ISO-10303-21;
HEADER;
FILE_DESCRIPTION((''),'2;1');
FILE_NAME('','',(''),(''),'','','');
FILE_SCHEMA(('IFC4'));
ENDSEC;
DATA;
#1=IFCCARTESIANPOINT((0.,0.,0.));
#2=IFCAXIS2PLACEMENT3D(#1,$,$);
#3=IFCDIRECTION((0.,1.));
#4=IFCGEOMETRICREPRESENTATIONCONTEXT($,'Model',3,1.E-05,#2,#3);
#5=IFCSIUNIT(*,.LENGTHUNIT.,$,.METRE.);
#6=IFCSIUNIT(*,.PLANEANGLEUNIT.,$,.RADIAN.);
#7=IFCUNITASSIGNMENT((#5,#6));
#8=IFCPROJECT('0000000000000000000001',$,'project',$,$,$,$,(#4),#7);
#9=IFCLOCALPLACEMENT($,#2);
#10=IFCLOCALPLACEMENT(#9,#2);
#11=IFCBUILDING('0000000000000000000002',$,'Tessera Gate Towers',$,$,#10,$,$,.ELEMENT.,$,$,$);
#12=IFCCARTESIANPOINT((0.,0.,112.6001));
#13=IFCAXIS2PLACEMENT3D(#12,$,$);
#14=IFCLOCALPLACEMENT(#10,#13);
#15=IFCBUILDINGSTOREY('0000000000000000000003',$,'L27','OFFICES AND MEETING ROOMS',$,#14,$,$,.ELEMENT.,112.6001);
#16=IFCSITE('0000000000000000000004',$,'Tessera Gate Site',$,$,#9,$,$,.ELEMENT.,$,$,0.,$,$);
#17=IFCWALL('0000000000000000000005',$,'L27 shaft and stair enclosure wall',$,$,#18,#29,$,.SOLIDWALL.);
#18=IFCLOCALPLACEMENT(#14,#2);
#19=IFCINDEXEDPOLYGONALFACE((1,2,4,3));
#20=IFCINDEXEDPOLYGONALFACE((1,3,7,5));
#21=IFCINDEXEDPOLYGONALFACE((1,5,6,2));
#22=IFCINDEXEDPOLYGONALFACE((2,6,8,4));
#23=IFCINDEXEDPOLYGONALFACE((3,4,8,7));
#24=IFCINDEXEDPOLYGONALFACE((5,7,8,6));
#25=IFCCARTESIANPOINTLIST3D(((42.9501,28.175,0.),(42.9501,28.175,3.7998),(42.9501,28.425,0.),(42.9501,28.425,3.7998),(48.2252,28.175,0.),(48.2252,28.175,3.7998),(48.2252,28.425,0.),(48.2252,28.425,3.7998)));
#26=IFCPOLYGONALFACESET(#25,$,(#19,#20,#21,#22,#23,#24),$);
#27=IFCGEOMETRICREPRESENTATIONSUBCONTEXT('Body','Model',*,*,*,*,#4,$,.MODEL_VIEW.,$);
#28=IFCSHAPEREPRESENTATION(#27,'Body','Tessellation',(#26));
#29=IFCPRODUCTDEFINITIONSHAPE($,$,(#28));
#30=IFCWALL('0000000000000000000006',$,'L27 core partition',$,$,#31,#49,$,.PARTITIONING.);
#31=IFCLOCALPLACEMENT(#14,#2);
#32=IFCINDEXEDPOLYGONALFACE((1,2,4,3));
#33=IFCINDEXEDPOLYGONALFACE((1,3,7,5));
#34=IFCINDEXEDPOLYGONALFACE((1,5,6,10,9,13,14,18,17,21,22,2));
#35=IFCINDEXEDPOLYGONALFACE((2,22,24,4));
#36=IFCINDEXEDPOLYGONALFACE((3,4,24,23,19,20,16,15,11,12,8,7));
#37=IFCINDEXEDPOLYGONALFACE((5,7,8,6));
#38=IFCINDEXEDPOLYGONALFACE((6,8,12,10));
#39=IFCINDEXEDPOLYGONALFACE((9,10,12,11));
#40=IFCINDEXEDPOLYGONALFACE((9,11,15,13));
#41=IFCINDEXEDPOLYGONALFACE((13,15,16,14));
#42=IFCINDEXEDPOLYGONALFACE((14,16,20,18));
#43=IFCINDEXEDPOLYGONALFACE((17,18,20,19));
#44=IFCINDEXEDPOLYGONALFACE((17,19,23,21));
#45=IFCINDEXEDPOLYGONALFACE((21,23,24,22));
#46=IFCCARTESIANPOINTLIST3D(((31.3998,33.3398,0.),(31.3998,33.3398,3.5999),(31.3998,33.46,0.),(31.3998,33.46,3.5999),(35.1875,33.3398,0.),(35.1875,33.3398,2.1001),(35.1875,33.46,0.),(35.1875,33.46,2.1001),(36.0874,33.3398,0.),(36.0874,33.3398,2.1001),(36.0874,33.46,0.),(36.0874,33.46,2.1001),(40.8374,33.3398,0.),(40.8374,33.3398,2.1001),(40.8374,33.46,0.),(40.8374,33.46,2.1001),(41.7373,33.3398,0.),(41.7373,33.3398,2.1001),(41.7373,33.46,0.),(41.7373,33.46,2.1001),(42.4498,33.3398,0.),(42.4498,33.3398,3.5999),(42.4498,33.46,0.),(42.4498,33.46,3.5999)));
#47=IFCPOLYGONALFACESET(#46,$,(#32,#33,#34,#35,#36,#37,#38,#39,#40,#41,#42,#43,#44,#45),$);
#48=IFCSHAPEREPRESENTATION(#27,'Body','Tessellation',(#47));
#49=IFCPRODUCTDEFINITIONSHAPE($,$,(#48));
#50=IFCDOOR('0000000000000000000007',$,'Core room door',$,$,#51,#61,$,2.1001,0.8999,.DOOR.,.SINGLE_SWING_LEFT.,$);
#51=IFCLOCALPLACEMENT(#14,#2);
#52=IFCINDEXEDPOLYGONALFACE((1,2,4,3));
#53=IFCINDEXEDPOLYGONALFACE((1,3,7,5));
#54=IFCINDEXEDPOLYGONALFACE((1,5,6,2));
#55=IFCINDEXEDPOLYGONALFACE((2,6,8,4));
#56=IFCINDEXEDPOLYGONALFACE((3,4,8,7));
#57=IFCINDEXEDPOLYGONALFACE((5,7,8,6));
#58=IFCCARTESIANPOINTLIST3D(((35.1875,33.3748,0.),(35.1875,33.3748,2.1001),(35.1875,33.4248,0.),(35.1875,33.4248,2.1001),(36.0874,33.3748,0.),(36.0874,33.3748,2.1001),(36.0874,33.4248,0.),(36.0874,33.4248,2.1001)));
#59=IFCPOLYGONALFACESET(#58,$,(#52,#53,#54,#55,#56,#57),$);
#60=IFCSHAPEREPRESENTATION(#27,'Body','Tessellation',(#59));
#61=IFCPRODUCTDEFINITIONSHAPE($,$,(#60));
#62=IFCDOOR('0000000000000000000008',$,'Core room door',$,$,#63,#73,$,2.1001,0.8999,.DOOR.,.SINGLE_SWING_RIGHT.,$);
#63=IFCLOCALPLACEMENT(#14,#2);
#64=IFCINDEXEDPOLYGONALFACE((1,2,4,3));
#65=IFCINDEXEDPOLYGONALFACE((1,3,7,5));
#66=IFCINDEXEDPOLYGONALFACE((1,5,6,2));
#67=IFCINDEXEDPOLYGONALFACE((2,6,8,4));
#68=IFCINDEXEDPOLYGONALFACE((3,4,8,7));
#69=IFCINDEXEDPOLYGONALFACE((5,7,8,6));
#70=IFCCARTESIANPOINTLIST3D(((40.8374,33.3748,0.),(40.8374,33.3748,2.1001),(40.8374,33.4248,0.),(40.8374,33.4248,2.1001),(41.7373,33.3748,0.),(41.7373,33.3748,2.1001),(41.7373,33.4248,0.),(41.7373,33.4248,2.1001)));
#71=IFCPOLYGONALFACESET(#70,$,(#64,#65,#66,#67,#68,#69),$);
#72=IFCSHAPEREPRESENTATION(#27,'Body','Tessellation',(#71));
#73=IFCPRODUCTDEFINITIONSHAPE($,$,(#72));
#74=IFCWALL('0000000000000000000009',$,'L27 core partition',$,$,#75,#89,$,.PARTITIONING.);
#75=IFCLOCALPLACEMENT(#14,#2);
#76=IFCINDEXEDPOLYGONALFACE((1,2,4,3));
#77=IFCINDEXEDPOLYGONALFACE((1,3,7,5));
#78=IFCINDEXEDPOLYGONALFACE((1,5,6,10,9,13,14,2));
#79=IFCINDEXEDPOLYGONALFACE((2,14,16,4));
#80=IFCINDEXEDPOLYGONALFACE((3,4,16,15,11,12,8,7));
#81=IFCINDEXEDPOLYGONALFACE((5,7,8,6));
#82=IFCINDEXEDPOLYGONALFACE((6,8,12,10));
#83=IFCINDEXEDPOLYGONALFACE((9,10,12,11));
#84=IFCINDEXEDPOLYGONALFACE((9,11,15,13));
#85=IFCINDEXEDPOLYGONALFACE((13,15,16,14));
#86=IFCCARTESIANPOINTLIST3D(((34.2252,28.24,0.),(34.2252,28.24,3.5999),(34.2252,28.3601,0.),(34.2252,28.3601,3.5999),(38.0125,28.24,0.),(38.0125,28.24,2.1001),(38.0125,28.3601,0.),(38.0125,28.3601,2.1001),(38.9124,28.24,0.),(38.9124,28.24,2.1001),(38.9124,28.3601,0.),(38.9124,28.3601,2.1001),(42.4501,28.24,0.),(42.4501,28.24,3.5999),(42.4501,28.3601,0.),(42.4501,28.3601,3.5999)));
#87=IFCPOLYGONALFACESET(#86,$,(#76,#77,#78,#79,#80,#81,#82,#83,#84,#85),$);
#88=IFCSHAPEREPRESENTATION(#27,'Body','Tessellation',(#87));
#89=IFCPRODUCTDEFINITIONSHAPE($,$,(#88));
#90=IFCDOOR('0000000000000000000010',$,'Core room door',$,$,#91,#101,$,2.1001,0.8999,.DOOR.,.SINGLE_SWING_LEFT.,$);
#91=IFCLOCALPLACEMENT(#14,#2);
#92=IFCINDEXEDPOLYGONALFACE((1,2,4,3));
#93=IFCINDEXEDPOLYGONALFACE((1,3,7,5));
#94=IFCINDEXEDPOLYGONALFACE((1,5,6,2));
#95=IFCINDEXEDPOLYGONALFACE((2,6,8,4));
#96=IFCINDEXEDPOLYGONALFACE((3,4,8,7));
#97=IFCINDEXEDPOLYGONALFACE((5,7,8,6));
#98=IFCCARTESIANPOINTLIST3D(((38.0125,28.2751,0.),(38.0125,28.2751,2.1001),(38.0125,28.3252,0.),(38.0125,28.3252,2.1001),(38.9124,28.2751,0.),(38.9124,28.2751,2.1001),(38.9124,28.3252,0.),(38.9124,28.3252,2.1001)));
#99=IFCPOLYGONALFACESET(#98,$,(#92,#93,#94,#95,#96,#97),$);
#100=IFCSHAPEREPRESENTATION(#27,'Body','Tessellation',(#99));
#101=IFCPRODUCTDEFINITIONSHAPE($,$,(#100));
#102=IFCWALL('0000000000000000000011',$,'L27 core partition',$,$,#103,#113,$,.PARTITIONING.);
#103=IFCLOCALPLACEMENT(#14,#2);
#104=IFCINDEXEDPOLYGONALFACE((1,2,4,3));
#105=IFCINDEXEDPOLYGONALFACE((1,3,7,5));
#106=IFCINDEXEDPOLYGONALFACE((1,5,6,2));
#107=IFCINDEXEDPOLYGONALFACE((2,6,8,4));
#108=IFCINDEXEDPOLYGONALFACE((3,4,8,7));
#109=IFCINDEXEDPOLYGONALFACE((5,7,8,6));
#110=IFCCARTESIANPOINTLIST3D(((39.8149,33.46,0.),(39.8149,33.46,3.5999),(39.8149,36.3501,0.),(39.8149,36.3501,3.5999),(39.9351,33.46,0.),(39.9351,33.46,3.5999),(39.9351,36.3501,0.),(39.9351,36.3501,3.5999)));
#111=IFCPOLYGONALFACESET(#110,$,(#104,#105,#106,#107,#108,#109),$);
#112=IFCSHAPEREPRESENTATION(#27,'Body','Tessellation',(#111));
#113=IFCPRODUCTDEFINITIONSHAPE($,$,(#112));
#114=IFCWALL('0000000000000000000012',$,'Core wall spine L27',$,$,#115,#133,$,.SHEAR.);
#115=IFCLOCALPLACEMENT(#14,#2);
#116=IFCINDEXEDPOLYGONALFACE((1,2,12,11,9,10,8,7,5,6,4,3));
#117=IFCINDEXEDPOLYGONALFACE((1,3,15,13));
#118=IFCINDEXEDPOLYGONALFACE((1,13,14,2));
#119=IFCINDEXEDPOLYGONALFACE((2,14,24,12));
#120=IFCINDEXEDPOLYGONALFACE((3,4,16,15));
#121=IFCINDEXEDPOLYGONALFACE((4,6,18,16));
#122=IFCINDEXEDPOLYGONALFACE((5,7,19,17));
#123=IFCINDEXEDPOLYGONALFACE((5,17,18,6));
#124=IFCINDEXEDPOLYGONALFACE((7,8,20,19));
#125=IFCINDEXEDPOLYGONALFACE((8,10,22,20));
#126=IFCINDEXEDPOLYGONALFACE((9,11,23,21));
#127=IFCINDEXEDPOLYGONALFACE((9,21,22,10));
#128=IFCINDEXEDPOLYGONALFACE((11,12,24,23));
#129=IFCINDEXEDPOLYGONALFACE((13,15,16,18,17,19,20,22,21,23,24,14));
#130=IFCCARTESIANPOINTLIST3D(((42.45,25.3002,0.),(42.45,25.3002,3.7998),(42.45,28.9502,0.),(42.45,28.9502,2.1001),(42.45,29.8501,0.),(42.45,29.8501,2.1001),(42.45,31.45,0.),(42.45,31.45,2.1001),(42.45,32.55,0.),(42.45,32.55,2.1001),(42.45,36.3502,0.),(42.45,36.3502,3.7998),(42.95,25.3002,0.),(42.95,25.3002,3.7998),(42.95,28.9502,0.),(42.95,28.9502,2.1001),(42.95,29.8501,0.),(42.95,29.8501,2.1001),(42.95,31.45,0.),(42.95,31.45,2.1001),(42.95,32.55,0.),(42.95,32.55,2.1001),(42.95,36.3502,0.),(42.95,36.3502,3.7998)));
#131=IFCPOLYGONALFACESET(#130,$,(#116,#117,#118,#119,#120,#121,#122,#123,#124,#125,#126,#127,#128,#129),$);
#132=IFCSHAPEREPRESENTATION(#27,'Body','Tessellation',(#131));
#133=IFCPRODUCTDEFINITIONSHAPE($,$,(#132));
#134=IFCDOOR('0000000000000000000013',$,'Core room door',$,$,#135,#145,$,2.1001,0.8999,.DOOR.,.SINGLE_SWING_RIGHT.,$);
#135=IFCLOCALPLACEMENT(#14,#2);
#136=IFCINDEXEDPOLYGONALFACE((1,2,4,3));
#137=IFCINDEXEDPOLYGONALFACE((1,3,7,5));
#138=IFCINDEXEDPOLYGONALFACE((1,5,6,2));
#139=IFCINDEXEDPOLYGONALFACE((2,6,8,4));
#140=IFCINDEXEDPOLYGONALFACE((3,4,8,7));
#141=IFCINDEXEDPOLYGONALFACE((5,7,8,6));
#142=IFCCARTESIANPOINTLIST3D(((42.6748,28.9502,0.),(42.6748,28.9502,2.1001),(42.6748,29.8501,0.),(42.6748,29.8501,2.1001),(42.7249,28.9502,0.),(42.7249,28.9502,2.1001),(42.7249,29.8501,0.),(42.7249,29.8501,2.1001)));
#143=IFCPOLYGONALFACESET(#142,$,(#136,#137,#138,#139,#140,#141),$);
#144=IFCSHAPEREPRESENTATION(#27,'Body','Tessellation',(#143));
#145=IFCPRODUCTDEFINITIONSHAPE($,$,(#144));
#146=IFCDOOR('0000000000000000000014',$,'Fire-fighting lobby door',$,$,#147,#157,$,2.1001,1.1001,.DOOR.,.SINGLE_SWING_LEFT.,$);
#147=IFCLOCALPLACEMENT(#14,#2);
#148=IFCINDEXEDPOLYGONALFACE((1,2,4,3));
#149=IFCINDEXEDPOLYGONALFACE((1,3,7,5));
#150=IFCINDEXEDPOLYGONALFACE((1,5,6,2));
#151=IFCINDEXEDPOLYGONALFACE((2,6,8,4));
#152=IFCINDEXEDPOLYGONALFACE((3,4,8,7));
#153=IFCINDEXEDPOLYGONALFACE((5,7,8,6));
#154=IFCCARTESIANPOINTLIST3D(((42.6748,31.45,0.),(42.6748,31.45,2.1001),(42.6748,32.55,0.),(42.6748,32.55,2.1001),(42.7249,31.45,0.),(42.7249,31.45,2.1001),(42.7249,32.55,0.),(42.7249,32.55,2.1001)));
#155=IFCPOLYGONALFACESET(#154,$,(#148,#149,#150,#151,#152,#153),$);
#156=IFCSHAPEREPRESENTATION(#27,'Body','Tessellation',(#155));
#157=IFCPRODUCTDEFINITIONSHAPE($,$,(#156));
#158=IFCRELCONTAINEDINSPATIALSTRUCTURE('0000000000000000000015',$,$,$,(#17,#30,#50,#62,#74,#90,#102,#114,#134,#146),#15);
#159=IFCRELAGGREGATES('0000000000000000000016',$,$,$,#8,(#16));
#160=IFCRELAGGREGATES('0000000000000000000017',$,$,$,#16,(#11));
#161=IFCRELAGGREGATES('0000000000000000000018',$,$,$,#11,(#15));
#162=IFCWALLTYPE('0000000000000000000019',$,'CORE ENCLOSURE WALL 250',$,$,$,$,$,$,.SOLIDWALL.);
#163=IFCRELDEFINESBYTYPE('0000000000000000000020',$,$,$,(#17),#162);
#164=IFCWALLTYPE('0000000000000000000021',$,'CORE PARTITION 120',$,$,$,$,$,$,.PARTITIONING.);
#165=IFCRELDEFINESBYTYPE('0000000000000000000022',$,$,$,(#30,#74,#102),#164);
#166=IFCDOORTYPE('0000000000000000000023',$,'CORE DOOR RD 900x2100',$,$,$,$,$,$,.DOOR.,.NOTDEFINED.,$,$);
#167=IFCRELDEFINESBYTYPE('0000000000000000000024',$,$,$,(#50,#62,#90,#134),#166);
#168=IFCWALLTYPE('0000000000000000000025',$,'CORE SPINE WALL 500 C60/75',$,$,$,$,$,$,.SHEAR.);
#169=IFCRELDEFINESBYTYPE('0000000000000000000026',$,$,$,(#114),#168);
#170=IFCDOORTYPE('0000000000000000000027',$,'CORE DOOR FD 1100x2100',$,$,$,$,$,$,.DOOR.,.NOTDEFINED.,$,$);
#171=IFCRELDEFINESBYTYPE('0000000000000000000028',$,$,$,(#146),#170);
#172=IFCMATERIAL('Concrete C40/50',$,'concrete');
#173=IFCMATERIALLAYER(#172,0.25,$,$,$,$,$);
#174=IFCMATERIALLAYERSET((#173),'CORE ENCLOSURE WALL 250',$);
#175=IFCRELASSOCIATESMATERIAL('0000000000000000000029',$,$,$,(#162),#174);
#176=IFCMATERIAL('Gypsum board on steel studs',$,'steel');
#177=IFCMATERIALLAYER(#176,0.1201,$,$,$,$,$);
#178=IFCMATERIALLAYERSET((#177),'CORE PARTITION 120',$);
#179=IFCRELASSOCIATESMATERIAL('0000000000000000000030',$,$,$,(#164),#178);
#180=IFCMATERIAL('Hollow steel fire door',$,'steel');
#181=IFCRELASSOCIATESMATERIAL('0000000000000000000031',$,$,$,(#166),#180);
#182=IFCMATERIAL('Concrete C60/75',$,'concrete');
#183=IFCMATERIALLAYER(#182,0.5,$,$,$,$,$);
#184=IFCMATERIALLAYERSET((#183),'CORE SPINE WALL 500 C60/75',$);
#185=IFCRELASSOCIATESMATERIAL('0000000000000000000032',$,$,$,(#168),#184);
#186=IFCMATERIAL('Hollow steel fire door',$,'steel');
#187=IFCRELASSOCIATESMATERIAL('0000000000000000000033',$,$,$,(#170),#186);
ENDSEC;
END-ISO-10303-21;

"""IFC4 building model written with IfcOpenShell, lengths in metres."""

from ifc_helpers import new_model, si_unit, direction, frame, frame_2d, origin, place, context, subcontext, project, spatial, rectangle, extrude, source, transform, mapped, material, layer, layer_set, type_object, element, fill, save


model = new_model("IFC4")

# Units and contexts
model_context = context("Model", 3, precision=1e-05, world=origin(), true_north=direction((0.0, 1.0)))
body_context = subcontext(model_context, "Body", "Model", "MODEL_VIEW")
ifc_project = project(units=[si_unit("LENGTHUNIT", "METRE"), si_unit("PLANEANGLEUNIT", "RADIAN")], contexts=[model_context])

# Site, building, storey
site_placement = place(None, origin())
site = spatial("IfcSite", under=ifc_project, at=site_placement, Name="Tessera Gate Site", CompositionType="ELEMENT", RefElevation=0.0)
building_placement = place(site_placement, origin())
building = spatial("IfcBuilding", under=site, at=building_placement, Name="Tessera Gate Towers", CompositionType="ELEMENT")
storey_placement = place(building_placement, frame((0.0, 0.0, 112.6001)))
storey = spatial("IfcBuildingStorey", under=building, at=storey_placement, Name="L27", Description="OFFICES AND MEETING ROOMS", CompositionType="ELEMENT", Elevation=112.6001)

# Wall
ifc_material_1 = material(Name="Concrete C40/50", Category="concrete")
ifc_layer_1 = layer(ifc_material_1, 0.25)
ifc_layer_set_1 = layer_set([ifc_layer_1], Name="CORE ENCLOSURE WALL 250")
wall_type_1 = type_object("IfcWallType", Name="CORE ENCLOSURE WALL 250", PredefinedType="SOLIDWALL", material=ifc_layer_set_1)
wall_1_placement = place(storey_placement, frame((42.95, 28.3, 0.0), z_axis=(0.0, 0.0, 1.0), x_axis=(1.0, 0.0, 0.0)))
element("IfcWall", 1, at=wall_1_placement, inside=storey, type_object=wall_type_1, Name="L27 shaft and stair enclosure wall", PredefinedType="SOLIDWALL", context=body_context, shape_type="SweptSolid", body=[
    extrude(rectangle(XDim=5.2751, YDim=0.25, at=frame_2d((2.6377, 0.0))), origin(), (0.0, 0.0, 1.0), 3.7998),
])

# Wall, openings, doors
ifc_material_2 = material(Name="Gypsum board on steel studs", Category="steel")
ifc_layer_2 = layer(ifc_material_2, 0.1201)
ifc_layer_set_2 = layer_set([ifc_layer_2], Name="CORE PARTITION 120")
wall_type_2 = type_object("IfcWallType", Name="CORE PARTITION 120", PredefinedType="PARTITIONING", material=ifc_layer_set_2)
wall_2_placement = place(storey_placement, frame((31.3999, 33.3999, 0.0), z_axis=(0.0, 0.0, 1.0), x_axis=(1.0, 0.0, 0.0)))
wall_2 = element("IfcWall", 2, at=wall_2_placement, inside=storey, type_object=wall_type_2, Name="L27 core partition", PredefinedType="PARTITIONING", context=body_context, shape_type="SweptSolid", body=[
    extrude(rectangle(XDim=11.05, YDim=0.1201, at=frame_2d((5.5249, 0.0))), origin(), (0.0, 0.0, 1.0), 3.5999),
])
shared_shape_1 = source(origin(), body_context, "Body", "SweptSolid", [
    extrude(rectangle(XDim=0.8999, YDim=2.1001, at=frame_2d((0.45, 1.05))), frame((0.0, 0.0701, 0.0), z_axis=(0.0, -1.0, 0.0), x_axis=(1.0, 0.0, 0.0)), (0.0, 0.0, 1.0), 0.1401),
])
opening_1_placement = place(wall_2_placement, frame((3.7876, 0.0, 0.0)))
opening_1 = element("IfcOpeningElement", 3, at=opening_1_placement, cuts=wall_2, PredefinedType="OPENING", context=body_context, shape_type="MappedRepresentation", body=[
    mapped(shared_shape_1, transform((0.0, 0.0, 0.0), scale=1.0)),
])
opening_2_placement = place(wall_2_placement, frame((9.4375, 0.0, 0.0)))
opening_2 = element("IfcOpeningElement", 4, at=opening_2_placement, cuts=wall_2, PredefinedType="OPENING", context=body_context, shape_type="MappedRepresentation", body=[
    mapped(shared_shape_1, transform((0.0, 0.0, 0.0), scale=1.0)),
])
ifc_material_3 = material(Name="Hollow steel fire door", Category="steel")
door_type_1 = type_object("IfcDoorType", Name="CORE DOOR RD 900x2100", OperationType="NOTDEFINED", PredefinedType="DOOR", material=ifc_material_3)
shared_shape_2 = source(origin(), body_context, "Body", "SweptSolid", [
    extrude(rectangle(XDim=0.8999, YDim=2.1001, at=frame_2d((0.45, 1.05))), frame((0.0, 0.0249, 0.0), z_axis=(0.0, -1.0, 0.0), x_axis=(1.0, 0.0, 0.0)), (0.0, 0.0, 1.0), 0.05),
])
door_1_placement = place(opening_1_placement, origin())
door_1 = element("IfcDoor", 5, at=door_1_placement, inside=storey, type_object=door_type_1, Name="Core room door", OperationType="SINGLE_SWING_LEFT", OverallHeight=2.1001, OverallWidth=0.8999, PredefinedType="DOOR", context=body_context, shape_type="MappedRepresentation", body=[
    mapped(shared_shape_2, transform((0.0, 0.0, 0.0), scale=1.0)),
])
fill(opening_1, door_1)
door_2_placement = place(opening_2_placement, origin())
door_2 = element("IfcDoor", 6, at=door_2_placement, inside=storey, type_object=door_type_1, Name="Core room door", OperationType="SINGLE_SWING_RIGHT", OverallHeight=2.1001, OverallWidth=0.8999, PredefinedType="DOOR", context=body_context, shape_type="MappedRepresentation", body=[
    mapped(shared_shape_2, transform((0.0, 0.0, 0.0), scale=1.0)),
])
fill(opening_2, door_2)

# Wall, opening, door
wall_3_placement = place(storey_placement, frame((42.45, 28.3, 0.0), z_axis=(0.0, 0.0, 1.0), x_axis=(-1.0, 0.0, 0.0)))
wall_3 = element("IfcWall", 7, at=wall_3_placement, inside=storey, type_object=wall_type_2, Name="L27 core partition", PredefinedType="PARTITIONING", context=body_context, shape_type="SweptSolid", body=[
    extrude(rectangle(XDim=8.2249, YDim=0.1201, at=frame_2d((4.1123, 0.0))), origin(), (0.0, 0.0, 1.0), 3.5999),
])
opening_3_placement = place(wall_3_placement, frame((3.5376, 0.0, 0.0)))
opening_3 = element("IfcOpeningElement", 8, at=opening_3_placement, cuts=wall_3, PredefinedType="OPENING", context=body_context, shape_type="MappedRepresentation", body=[
    mapped(shared_shape_1, transform((0.0, 0.0, 0.0), scale=1.0)),
])
door_3_placement = place(opening_3_placement, origin())
door_3 = element("IfcDoor", 9, at=door_3_placement, inside=storey, type_object=door_type_1, Name="Core room door", OperationType="SINGLE_SWING_LEFT", OverallHeight=2.1001, OverallWidth=0.8999, PredefinedType="DOOR", context=body_context, shape_type="MappedRepresentation", body=[
    mapped(shared_shape_2, transform((0.0, 0.0, 0.0), scale=1.0)),
])
fill(opening_3, door_3)

# Wall
wall_4_placement = place(storey_placement, frame((39.875, 33.46, 0.0), z_axis=(0.0, 0.0, 1.0), x_axis=(0.0, 1.0, 0.0)))
element("IfcWall", 10, at=wall_4_placement, inside=storey, type_object=wall_type_2, Name="L27 core partition", PredefinedType="PARTITIONING", context=body_context, shape_type="SweptSolid", body=[
    extrude(rectangle(XDim=2.8901, YDim=0.1201, at=frame_2d((1.4451, 0.0))), origin(), (0.0, 0.0, 1.0), 3.5999),
])

# Wall, openings, doors
ifc_material_4 = material(Name="Concrete C60/75", Category="concrete")
ifc_layer_3 = layer(ifc_material_4, 0.5)
ifc_layer_set_3 = layer_set([ifc_layer_3], Name="CORE SPINE WALL 500 C60/75")
wall_type_3 = type_object("IfcWallType", Name="CORE SPINE WALL 500 C60/75", PredefinedType="SHEAR", material=ifc_layer_set_3)
wall_5_placement = place(storey_placement, frame((42.7, 36.3501, 0.0), z_axis=(0.0, 0.0, 1.0), x_axis=(0.0, -1.0, 0.0)))
wall_5 = element("IfcWall", 11, at=wall_5_placement, inside=storey, type_object=wall_type_3, Name="Core wall spine L27", PredefinedType="SHEAR", context=body_context, shape_type="SweptSolid", body=[
    extrude(rectangle(XDim=11.05, YDim=0.5, at=frame_2d((5.5249, 0.0))), origin(), (0.0, 0.0, 1.0), 3.7998),
])
shared_shape_3 = source(origin(), body_context, "Body", "SweptSolid", [
    extrude(rectangle(XDim=0.8999, YDim=2.1001, at=frame_2d((0.45, 1.05))), frame((0.0, 0.26, 0.0), z_axis=(0.0, -1.0, 0.0), x_axis=(1.0, 0.0, 0.0)), (0.0, 0.0, 1.0), 0.52),
])
opening_4_placement = place(wall_5_placement, frame((6.5, 0.0, 0.0)))
opening_4 = element("IfcOpeningElement", 12, at=opening_4_placement, cuts=wall_5, PredefinedType="OPENING", context=body_context, shape_type="MappedRepresentation", body=[
    mapped(shared_shape_3, transform((0.0, 0.0, 0.0), scale=1.0)),
])
shared_shape_4 = source(origin(), body_context, "Body", "SweptSolid", [
    extrude(rectangle(XDim=1.1001, YDim=2.1001, at=frame_2d((0.55, 1.05))), frame((0.0, 0.26, 0.0), z_axis=(0.0, -1.0, 0.0), x_axis=(1.0, 0.0, 0.0)), (0.0, 0.0, 1.0), 0.52),
])
opening_5_placement = place(wall_5_placement, frame((3.8, 0.0, 0.0)))
opening_5 = element("IfcOpeningElement", 13, at=opening_5_placement, cuts=wall_5, PredefinedType="OPENING", context=body_context, shape_type="MappedRepresentation", body=[
    mapped(shared_shape_4, transform((0.0, 0.0, 0.0), scale=1.0)),
])
door_4_placement = place(opening_4_placement, origin())
door_4 = element("IfcDoor", 14, at=door_4_placement, inside=storey, type_object=door_type_1, Name="Core room door", OperationType="SINGLE_SWING_RIGHT", OverallHeight=2.1001, OverallWidth=0.8999, PredefinedType="DOOR", context=body_context, shape_type="MappedRepresentation", body=[
    mapped(shared_shape_2, transform((0.0, 0.0, 0.0), scale=1.0)),
])
fill(opening_4, door_4)
ifc_material_5 = material(Name="Hollow steel fire door", Category="steel")
door_type_2 = type_object("IfcDoorType", Name="CORE DOOR FD 1100x2100", OperationType="NOTDEFINED", PredefinedType="DOOR", material=ifc_material_5)
shared_shape_5 = source(origin(), body_context, "Body", "SweptSolid", [
    extrude(rectangle(XDim=1.1001, YDim=2.1001, at=frame_2d((0.55, 1.05))), frame((0.0, 0.0249, 0.0), z_axis=(0.0, -1.0, 0.0), x_axis=(1.0, 0.0, 0.0)), (0.0, 0.0, 1.0), 0.05),
])
door_5_placement = place(opening_5_placement, origin())
door_5 = element("IfcDoor", 15, at=door_5_placement, inside=storey, type_object=door_type_2, Name="Fire-fighting lobby door", OperationType="SINGLE_SWING_LEFT", OverallHeight=2.1001, OverallWidth=1.1001, PredefinedType="DOOR", context=body_context, shape_type="MappedRepresentation", body=[
    mapped(shared_shape_5, transform((0.0, 0.0, 0.0), scale=1.0)),
])
fill(opening_5, door_5)

save(model, "model.ifc")
